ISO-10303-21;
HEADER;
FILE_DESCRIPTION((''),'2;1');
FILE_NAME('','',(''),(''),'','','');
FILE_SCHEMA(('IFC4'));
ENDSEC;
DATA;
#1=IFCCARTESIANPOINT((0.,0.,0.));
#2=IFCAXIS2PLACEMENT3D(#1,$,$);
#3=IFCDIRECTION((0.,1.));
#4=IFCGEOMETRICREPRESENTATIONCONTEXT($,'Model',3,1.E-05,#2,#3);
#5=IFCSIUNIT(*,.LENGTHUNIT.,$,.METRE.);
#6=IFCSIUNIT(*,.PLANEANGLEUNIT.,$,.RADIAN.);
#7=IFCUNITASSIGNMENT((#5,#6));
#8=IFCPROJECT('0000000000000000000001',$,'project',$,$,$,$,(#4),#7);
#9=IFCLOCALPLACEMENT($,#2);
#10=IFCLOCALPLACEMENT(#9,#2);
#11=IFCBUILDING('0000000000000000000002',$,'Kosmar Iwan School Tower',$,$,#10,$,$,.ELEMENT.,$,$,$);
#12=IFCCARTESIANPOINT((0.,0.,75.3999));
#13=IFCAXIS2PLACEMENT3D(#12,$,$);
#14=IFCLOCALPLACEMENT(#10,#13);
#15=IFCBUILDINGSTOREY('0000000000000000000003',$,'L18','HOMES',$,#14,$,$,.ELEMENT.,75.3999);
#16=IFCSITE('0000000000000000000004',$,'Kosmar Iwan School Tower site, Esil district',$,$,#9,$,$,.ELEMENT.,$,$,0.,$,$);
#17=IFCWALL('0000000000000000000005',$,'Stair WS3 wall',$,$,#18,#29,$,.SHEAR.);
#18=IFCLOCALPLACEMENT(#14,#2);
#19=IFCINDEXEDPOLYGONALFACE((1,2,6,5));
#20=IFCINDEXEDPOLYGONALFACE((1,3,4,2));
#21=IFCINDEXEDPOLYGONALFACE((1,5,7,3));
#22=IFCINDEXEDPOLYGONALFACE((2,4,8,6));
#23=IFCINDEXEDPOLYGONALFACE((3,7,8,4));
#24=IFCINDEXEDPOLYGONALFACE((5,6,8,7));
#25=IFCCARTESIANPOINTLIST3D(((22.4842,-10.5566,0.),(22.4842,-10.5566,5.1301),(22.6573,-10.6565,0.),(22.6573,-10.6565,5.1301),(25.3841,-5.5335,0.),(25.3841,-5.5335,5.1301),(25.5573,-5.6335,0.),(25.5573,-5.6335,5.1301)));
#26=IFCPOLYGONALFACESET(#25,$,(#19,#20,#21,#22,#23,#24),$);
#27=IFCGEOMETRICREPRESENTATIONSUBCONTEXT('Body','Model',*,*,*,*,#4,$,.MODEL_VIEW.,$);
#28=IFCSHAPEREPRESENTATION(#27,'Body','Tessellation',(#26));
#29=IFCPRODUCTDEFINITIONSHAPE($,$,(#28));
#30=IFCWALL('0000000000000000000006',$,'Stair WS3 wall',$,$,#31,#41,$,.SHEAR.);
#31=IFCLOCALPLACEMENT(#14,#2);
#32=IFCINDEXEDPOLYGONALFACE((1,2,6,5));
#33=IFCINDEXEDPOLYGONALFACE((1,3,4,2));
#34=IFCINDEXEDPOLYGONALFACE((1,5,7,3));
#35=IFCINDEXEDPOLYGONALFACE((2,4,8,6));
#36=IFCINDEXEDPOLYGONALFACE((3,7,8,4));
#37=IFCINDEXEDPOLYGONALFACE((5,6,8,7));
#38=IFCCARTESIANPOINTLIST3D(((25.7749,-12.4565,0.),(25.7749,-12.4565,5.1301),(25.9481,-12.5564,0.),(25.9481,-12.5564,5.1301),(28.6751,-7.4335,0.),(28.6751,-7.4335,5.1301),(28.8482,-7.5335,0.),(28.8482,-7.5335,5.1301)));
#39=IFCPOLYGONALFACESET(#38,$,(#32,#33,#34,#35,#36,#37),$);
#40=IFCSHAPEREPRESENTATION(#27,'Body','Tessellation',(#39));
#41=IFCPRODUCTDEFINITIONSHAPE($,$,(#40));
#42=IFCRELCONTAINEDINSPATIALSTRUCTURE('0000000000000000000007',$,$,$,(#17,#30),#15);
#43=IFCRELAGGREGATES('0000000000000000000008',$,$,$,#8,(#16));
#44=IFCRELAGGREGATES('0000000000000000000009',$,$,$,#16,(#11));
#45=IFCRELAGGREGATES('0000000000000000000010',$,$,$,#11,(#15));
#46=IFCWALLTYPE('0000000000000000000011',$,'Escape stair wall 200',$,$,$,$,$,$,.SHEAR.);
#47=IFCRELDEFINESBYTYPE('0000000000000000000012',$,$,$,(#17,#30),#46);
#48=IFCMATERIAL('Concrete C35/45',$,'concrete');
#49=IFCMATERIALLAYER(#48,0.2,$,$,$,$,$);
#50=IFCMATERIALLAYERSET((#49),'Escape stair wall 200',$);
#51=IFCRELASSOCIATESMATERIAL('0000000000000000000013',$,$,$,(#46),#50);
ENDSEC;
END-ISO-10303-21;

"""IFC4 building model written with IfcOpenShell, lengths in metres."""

from ifc_helpers import new_model, si_unit, direction, frame, frame_2d, origin, place, context, subcontext, project, spatial, rectangle, extrude, material, layer, layer_set, type_object, element, save


model = new_model("IFC4")

# Units and contexts
model_context = context("Model", 3, precision=1e-05, world=origin(), true_north=direction((0.0, 1.0)))
body_context = subcontext(model_context, "Body", "Model", "MODEL_VIEW")
ifc_project = project(units=[si_unit("LENGTHUNIT", "METRE"), si_unit("PLANEANGLEUNIT", "RADIAN")], contexts=[model_context])

# Site, building, storey
site_placement = place(None, origin())
site = spatial("IfcSite", under=ifc_project, at=site_placement, Name="Kosmar Iwan School Tower site, Esil district", CompositionType="ELEMENT", RefElevation=0.0)
building_placement = place(site_placement, origin())
building = spatial("IfcBuilding", under=site, at=building_placement, Name="Kosmar Iwan School Tower", CompositionType="ELEMENT")
storey_placement = place(building_placement, frame((0.0, 0.0, 75.3999)))
storey = spatial("IfcBuildingStorey", under=building, at=storey_placement, Name="L18", Description="HOMES", CompositionType="ELEMENT", Elevation=75.3999)

# Walls
ifc_material_1 = material(Name="Concrete C35/45", Category="concrete")
ifc_layer_1 = layer(ifc_material_1, 0.2)
ifc_layer_set_1 = layer_set([ifc_layer_1], Name="Escape stair wall 200")
wall_type_1 = type_object("IfcWallType", Name="Escape stair wall 200", PredefinedType="SHEAR", material=ifc_layer_set_1)
for number, where, z_axis, x_axis, name in (
    (1, (22.5708, -10.6064, 0.0), (0.0, 0.0, 1.0), (0.499987, 0.866033, 0.0), "Stair WS3 wall"),
    (2, (25.8616, -12.5063, 0.0), (0.0, 0.0, 1.0), (0.500019, 0.866015, 0.0), "Stair WS3 wall"),
):
    element("IfcWall", number, at=place(storey_placement, frame(where, z_axis=z_axis, x_axis=x_axis)), inside=storey, type_object=wall_type_1, Name=name, PredefinedType="SHEAR", context=body_context, shape_type="SweptSolid", body=[
        extrude(rectangle(XDim=5.8, YDim=0.2, at=frame_2d((2.8999, 0.0))), origin(), (0.0, 0.0, 1.0), 5.1301),
    ])

save(model, "model.ifc")
